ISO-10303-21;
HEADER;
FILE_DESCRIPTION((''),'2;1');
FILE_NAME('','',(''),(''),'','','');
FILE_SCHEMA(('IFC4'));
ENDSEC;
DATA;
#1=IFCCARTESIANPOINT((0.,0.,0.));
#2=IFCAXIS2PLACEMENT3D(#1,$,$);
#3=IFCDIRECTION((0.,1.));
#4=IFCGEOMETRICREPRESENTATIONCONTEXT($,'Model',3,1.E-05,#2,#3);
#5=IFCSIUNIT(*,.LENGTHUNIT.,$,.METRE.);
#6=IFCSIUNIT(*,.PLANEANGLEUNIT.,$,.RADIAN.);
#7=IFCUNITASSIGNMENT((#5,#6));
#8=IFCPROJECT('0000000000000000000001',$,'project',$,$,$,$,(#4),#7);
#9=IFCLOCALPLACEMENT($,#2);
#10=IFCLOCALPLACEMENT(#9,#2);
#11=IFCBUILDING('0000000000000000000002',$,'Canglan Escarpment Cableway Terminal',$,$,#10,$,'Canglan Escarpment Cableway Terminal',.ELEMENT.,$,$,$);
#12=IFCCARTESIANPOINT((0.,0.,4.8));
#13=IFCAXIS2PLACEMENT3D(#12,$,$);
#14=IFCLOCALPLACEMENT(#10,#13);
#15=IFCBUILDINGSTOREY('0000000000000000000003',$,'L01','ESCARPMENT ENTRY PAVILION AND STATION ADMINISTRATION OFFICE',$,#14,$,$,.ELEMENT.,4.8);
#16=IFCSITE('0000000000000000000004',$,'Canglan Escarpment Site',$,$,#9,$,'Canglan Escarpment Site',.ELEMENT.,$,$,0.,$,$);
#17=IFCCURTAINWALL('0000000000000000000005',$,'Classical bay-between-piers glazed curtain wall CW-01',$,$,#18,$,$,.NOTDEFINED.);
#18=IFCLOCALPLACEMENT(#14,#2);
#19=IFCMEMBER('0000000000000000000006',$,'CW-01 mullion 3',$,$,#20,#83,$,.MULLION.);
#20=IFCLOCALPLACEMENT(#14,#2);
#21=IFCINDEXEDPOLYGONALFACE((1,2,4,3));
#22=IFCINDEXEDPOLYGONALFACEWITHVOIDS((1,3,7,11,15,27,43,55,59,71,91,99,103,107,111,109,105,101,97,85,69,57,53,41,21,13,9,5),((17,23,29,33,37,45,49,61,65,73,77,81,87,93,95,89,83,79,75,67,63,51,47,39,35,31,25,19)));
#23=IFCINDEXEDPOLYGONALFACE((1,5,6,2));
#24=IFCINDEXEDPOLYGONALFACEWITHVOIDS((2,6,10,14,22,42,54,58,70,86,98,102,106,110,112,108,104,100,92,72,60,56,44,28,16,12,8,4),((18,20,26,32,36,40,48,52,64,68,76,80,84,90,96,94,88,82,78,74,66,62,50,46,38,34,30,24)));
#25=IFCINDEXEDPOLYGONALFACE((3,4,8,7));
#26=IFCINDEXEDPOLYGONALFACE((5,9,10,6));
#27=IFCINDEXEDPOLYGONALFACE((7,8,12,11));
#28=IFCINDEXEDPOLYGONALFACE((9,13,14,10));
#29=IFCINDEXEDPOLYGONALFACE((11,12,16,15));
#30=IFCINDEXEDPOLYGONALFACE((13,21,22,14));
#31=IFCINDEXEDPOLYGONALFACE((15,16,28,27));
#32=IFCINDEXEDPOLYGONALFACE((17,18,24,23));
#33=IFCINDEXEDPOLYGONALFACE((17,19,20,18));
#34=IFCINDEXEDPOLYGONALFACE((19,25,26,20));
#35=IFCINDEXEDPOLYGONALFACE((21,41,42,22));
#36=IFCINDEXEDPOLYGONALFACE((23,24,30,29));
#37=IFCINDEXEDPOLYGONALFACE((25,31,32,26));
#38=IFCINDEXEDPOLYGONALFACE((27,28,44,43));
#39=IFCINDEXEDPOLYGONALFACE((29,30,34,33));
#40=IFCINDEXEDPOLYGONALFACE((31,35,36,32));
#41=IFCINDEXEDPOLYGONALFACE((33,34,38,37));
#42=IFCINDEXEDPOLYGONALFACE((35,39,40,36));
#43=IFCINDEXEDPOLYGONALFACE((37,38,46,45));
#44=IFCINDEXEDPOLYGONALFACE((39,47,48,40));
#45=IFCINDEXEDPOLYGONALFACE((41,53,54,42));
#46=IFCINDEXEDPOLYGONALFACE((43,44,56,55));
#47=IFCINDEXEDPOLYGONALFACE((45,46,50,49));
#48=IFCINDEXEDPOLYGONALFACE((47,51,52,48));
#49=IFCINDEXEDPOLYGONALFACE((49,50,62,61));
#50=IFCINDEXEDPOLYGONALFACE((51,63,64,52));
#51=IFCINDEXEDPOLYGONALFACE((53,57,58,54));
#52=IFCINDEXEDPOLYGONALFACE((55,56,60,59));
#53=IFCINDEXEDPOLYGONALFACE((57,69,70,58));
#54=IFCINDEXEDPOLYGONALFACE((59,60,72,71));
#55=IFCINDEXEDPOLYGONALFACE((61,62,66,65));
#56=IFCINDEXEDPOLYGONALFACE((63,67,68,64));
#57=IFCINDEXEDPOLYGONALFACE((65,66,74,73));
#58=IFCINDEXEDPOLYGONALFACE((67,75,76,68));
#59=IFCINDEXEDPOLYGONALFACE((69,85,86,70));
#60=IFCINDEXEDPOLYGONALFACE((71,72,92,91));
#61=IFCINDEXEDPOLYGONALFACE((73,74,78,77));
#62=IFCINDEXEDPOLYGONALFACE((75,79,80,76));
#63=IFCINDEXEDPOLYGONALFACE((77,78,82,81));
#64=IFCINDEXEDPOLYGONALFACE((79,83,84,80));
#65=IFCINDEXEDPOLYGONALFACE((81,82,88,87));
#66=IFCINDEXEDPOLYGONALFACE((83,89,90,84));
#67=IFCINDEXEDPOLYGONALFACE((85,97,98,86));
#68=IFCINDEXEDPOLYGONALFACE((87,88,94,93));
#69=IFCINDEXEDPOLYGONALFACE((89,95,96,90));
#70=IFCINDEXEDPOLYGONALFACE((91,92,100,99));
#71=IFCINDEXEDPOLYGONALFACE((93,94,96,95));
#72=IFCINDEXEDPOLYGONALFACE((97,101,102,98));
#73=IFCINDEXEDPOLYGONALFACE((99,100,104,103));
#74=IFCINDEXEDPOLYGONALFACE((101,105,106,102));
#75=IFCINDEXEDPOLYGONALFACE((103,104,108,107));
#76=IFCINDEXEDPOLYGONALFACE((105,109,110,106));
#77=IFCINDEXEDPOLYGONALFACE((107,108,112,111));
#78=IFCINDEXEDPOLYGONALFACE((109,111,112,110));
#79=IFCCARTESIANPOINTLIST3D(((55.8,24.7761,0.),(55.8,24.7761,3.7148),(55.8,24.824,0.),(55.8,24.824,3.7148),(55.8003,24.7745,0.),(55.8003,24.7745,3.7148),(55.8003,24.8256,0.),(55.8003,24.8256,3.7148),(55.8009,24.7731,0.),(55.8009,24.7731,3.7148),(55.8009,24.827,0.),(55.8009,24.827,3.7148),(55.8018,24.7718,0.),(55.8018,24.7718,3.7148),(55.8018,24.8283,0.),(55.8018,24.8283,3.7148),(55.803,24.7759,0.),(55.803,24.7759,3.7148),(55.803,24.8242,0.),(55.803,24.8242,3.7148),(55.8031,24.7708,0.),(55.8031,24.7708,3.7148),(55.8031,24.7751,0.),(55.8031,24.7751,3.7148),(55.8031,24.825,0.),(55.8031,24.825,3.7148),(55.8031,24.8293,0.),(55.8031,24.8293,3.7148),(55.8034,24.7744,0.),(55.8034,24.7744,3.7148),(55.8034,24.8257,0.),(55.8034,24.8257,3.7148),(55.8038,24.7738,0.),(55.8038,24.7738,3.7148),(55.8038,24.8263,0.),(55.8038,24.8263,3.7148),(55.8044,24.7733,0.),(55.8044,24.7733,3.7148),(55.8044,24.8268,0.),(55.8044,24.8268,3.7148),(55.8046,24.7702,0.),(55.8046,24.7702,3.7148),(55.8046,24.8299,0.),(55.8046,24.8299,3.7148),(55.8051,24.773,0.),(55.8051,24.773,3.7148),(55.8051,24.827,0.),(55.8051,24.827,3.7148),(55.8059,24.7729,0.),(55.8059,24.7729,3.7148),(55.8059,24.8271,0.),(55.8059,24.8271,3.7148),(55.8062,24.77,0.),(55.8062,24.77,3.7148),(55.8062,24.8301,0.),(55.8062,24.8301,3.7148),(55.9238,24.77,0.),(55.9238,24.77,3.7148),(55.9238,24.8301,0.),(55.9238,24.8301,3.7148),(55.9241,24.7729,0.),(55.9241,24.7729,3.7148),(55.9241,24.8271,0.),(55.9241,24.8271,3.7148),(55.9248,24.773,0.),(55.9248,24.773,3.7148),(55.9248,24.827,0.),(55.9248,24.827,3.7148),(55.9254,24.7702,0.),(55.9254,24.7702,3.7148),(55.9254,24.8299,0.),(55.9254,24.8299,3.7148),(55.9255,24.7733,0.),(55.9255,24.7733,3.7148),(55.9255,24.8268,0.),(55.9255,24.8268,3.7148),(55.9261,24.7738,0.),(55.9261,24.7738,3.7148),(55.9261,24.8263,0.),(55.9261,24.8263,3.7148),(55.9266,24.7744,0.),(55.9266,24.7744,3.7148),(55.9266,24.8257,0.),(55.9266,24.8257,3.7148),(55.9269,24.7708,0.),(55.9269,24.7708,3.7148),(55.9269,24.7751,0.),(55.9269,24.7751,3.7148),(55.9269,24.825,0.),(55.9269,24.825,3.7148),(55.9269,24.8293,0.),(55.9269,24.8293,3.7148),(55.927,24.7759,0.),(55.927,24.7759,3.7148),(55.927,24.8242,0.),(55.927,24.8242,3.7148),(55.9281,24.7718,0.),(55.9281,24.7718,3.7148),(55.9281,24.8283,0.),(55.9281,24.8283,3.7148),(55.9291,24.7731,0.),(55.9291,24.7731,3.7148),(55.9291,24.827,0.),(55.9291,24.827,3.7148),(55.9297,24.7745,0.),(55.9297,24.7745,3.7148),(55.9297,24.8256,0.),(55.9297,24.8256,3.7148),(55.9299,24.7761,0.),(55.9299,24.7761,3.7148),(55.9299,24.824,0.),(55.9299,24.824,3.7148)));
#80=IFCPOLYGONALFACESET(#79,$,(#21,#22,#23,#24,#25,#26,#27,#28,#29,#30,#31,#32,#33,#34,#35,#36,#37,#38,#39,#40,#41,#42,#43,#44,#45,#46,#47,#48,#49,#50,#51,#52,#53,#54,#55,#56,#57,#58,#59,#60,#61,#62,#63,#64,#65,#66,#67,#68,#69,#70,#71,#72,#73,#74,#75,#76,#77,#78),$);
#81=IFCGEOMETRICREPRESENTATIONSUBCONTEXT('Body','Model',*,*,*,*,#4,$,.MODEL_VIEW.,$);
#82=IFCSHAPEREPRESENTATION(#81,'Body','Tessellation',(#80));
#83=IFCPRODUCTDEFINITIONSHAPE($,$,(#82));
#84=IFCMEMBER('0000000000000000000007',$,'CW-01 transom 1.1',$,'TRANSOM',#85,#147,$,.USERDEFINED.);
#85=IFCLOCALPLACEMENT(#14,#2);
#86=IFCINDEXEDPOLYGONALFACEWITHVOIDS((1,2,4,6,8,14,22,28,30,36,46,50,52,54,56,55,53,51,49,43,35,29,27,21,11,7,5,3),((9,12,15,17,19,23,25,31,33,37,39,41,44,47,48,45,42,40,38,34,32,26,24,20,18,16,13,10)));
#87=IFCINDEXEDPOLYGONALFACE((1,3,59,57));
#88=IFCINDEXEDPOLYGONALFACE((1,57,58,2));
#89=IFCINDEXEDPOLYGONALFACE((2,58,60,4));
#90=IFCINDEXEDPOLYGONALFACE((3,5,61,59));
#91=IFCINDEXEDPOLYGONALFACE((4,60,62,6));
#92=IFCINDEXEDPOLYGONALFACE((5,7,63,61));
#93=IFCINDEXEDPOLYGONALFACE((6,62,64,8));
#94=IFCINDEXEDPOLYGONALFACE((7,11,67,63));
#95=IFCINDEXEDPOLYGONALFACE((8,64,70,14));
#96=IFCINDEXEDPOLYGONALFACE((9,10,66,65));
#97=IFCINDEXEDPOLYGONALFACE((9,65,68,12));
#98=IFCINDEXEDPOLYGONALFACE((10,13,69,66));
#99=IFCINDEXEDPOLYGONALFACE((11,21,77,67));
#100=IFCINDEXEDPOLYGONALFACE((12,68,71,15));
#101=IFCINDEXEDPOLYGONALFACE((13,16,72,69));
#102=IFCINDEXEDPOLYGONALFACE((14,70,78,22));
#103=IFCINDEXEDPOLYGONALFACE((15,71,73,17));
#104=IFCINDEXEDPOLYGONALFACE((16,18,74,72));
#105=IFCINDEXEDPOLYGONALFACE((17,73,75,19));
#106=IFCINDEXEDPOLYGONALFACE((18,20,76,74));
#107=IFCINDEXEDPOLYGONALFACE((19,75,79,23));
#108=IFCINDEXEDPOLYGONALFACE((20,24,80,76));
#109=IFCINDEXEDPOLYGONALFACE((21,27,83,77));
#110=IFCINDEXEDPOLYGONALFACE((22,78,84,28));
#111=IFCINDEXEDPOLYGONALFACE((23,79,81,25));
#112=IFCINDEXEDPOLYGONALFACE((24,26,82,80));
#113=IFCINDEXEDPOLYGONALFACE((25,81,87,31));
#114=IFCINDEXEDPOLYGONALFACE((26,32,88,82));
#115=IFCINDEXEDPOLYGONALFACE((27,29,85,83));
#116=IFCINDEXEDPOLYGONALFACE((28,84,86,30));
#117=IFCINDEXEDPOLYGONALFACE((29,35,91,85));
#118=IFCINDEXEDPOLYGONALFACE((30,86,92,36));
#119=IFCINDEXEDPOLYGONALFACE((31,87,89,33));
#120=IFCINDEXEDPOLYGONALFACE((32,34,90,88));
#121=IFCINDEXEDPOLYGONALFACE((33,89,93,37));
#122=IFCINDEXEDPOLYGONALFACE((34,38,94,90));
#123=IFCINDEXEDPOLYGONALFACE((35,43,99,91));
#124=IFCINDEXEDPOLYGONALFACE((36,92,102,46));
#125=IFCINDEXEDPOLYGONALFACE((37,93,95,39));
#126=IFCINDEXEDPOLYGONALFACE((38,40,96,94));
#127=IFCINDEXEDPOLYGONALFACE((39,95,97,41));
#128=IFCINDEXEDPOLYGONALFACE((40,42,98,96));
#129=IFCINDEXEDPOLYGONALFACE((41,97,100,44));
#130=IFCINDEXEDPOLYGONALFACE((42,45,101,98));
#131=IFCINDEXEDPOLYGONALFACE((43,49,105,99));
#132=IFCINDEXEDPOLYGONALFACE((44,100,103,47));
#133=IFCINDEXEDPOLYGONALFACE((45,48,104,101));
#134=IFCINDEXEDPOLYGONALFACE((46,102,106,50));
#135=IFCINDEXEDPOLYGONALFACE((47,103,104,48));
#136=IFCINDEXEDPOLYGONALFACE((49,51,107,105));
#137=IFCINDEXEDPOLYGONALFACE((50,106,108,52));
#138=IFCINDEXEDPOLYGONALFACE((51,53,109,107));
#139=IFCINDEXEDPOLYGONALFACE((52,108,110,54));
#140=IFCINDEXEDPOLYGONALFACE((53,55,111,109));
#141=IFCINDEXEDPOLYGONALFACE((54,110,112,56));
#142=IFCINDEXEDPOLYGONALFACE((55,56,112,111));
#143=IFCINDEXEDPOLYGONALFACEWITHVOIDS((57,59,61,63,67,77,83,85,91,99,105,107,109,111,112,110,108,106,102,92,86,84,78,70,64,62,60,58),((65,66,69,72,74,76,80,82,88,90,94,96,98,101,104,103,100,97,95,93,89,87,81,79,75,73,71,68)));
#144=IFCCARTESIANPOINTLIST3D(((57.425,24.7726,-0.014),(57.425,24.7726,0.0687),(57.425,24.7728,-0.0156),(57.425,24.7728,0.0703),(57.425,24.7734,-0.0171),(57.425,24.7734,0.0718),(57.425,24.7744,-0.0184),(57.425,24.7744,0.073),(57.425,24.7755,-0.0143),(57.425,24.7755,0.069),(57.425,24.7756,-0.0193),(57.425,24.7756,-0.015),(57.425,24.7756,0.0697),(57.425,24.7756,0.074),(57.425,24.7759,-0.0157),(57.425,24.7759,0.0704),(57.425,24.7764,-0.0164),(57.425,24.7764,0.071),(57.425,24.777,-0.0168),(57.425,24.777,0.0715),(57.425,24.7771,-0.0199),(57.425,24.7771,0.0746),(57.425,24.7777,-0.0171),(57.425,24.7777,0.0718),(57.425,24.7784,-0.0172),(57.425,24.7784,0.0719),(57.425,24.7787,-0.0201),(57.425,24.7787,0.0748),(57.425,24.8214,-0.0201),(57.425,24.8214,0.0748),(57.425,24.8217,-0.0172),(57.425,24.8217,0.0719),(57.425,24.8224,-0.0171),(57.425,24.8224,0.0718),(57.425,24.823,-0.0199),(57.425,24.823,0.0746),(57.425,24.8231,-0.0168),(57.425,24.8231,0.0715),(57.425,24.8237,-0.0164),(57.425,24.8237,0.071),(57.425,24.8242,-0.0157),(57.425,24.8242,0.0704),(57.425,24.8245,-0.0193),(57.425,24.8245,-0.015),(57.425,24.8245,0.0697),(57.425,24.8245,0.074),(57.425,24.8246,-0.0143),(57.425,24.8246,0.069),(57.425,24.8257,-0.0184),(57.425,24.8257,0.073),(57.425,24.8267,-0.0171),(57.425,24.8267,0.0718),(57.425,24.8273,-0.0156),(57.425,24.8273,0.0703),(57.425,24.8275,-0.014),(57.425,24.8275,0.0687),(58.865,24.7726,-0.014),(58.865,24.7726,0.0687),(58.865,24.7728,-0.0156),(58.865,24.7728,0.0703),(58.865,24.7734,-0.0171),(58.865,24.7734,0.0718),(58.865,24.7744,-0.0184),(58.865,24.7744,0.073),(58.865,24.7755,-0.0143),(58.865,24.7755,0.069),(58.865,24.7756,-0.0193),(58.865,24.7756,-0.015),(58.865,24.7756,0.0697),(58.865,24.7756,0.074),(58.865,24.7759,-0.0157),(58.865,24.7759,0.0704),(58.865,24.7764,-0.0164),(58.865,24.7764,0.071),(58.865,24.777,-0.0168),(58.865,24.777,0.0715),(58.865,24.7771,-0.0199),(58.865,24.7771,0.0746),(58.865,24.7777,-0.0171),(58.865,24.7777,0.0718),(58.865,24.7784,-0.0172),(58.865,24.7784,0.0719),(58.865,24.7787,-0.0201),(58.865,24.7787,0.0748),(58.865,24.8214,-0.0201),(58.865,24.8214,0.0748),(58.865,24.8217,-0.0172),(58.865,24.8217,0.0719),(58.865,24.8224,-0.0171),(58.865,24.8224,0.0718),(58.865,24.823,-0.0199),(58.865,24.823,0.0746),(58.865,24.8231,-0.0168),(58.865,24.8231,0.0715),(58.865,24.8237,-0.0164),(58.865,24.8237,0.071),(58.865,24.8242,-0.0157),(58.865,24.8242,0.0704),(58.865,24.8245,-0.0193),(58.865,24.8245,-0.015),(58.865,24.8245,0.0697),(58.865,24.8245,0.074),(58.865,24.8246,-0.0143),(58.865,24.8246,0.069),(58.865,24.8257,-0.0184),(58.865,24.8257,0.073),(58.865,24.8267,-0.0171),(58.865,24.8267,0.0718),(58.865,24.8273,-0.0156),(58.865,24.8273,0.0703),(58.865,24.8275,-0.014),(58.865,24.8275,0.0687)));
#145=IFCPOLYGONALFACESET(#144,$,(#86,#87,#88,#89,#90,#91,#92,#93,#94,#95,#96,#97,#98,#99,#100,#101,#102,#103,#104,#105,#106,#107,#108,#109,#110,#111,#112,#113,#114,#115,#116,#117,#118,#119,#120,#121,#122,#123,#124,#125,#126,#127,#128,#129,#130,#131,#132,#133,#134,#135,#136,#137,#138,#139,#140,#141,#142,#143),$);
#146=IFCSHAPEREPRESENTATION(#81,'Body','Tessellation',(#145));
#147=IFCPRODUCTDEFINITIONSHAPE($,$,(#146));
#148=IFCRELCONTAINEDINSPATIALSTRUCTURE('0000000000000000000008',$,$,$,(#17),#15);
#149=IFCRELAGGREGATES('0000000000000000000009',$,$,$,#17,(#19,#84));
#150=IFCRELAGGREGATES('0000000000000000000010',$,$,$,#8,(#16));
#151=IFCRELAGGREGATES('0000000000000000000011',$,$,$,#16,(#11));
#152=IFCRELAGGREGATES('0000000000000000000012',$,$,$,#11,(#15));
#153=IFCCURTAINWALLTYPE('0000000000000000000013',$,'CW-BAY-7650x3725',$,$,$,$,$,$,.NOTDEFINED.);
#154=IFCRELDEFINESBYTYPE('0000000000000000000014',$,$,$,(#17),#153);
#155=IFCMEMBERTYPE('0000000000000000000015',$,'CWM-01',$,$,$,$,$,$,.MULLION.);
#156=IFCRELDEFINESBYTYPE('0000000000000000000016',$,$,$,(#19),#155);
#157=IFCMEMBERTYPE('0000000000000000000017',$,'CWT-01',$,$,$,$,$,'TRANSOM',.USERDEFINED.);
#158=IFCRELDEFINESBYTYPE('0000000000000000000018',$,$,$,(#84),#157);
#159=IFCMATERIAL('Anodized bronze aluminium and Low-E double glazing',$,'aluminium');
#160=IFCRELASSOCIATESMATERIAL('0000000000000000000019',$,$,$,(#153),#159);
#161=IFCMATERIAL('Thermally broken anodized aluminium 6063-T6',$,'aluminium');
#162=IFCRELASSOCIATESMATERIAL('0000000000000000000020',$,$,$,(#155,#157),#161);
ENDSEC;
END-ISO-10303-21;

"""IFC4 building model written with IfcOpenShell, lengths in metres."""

from ifc_helpers import new_model, si_unit, direction, frame, origin, origin_2d, place, context, subcontext, project, spatial, hollow_rectangle, extrude, material, material_profile, profile_set, type_object, element, aggregate, save


model = new_model("IFC4")

# Units and contexts
model_context = context("Model", 3, precision=1e-05, world=origin(), true_north=direction((0.0, 1.0)))
body_context = subcontext(model_context, "Body", "Model", "MODEL_VIEW")
ifc_project = project(units=[si_unit("LENGTHUNIT", "METRE"), si_unit("PLANEANGLEUNIT", "RADIAN")], contexts=[model_context])

# Site, building, storey
site_placement = place(None, origin())
site = spatial("IfcSite", under=ifc_project, at=site_placement, Name="Canglan Escarpment Site", LongName="Canglan Escarpment Site", CompositionType="ELEMENT", RefElevation=0.0)
building_placement = place(site_placement, origin())
building = spatial("IfcBuilding", under=site, at=building_placement, Name="Canglan Escarpment Cableway Terminal", LongName="Canglan Escarpment Cableway Terminal", CompositionType="ELEMENT")
storey_placement = place(building_placement, frame((0.0, 0.0, 4.8)))
storey = spatial("IfcBuildingStorey", under=building, at=storey_placement, Name="L01", Description="ESCARPMENT ENTRY PAVILION AND STATION ADMINISTRATION OFFICE", CompositionType="ELEMENT", Elevation=4.8)

# Curtain wall, members
ifc_material_1 = material(Name="Anodized bronze aluminium and Low-E double glazing", Category="aluminium")
curtain_wall_type = type_object("IfcCurtainWallType", Name="CW-BAY-7650x3725", PredefinedType="NOTDEFINED", material=ifc_material_1)
curtain_wall_placement = place(storey_placement, origin())
curtain_wall = element("IfcCurtainWall", 1, at=curtain_wall_placement, inside=storey, type_object=curtain_wall_type, Name="Classical bay-between-piers glazed curtain wall CW-01", PredefinedType="NOTDEFINED")
ifc_material_2 = material(Name="Thermally broken anodized aluminium 6063-T6", Category="aluminium")
ifc_material_profile_1 = material_profile(ifc_material_2, hollow_rectangle(XDim=0.0601, YDim=0.1299, WallThickness=0.0029, InnerFilletRadius=0.0029, OuterFilletRadius=0.0061, at=origin_2d()), Name="ALU-MULL 60x130x3")
ifc_profile_set_1 = profile_set([ifc_material_profile_1], Name="Thermally broken anodized aluminium 6063-T6")
member_type_1 = type_object("IfcMemberType", Name="CWM-01", PredefinedType="MULLION", material=ifc_profile_set_1)
member_1_placement = place(storey_placement, frame((55.865, 24.8, 0.0), z_axis=(0.0, 0.0, 1.0), x_axis=(0.0, -1.0, 0.0)))
member_1 = element("IfcMember", 2, at=member_1_placement, type_object=member_type_1, Name="CW-01 mullion 3", PredefinedType="MULLION", context=body_context, shape_type="SweptSolid", body=[
    extrude(hollow_rectangle(XDim=0.0601, YDim=0.1299, WallThickness=0.0029, InnerFilletRadius=0.0029, OuterFilletRadius=0.0061, at=origin_2d()), origin(), (0.0, 0.0, 1.0), 3.7148),
])
ifc_material_profile_2 = material_profile(ifc_material_2, hollow_rectangle(XDim=0.0549, YDim=0.095, WallThickness=0.0029, InnerFilletRadius=0.0029, OuterFilletRadius=0.0061, at=origin_2d()), Name="ALU-TRAN 55x95x3")
ifc_profile_set_2 = profile_set([ifc_material_profile_2], Name="Thermally broken anodized aluminium 6063-T6")
member_type_2 = type_object("IfcMemberType", Name="CWT-01", ElementType="TRANSOM", PredefinedType="USERDEFINED", material=ifc_profile_set_2)
member_2_placement = place(storey_placement, frame((58.865, 24.8, 0.0273), z_axis=(-1.0, 0.0, 0.0), x_axis=(0.0, -1.0, 0.0)))
member_2 = element("IfcMember", 3, at=member_2_placement, type_object=member_type_2, Name="CW-01 transom 1.1", ObjectType="TRANSOM", PredefinedType="USERDEFINED", context=body_context, shape_type="SweptSolid", body=[
    extrude(hollow_rectangle(XDim=0.0549, YDim=0.095, WallThickness=0.0029, InnerFilletRadius=0.0029, OuterFilletRadius=0.0061, at=origin_2d()), origin(), (0.0, 0.0, 1.0), 1.4399),
])

aggregate(curtain_wall, [member_1, member_2])

save(model, "model.ifc")
